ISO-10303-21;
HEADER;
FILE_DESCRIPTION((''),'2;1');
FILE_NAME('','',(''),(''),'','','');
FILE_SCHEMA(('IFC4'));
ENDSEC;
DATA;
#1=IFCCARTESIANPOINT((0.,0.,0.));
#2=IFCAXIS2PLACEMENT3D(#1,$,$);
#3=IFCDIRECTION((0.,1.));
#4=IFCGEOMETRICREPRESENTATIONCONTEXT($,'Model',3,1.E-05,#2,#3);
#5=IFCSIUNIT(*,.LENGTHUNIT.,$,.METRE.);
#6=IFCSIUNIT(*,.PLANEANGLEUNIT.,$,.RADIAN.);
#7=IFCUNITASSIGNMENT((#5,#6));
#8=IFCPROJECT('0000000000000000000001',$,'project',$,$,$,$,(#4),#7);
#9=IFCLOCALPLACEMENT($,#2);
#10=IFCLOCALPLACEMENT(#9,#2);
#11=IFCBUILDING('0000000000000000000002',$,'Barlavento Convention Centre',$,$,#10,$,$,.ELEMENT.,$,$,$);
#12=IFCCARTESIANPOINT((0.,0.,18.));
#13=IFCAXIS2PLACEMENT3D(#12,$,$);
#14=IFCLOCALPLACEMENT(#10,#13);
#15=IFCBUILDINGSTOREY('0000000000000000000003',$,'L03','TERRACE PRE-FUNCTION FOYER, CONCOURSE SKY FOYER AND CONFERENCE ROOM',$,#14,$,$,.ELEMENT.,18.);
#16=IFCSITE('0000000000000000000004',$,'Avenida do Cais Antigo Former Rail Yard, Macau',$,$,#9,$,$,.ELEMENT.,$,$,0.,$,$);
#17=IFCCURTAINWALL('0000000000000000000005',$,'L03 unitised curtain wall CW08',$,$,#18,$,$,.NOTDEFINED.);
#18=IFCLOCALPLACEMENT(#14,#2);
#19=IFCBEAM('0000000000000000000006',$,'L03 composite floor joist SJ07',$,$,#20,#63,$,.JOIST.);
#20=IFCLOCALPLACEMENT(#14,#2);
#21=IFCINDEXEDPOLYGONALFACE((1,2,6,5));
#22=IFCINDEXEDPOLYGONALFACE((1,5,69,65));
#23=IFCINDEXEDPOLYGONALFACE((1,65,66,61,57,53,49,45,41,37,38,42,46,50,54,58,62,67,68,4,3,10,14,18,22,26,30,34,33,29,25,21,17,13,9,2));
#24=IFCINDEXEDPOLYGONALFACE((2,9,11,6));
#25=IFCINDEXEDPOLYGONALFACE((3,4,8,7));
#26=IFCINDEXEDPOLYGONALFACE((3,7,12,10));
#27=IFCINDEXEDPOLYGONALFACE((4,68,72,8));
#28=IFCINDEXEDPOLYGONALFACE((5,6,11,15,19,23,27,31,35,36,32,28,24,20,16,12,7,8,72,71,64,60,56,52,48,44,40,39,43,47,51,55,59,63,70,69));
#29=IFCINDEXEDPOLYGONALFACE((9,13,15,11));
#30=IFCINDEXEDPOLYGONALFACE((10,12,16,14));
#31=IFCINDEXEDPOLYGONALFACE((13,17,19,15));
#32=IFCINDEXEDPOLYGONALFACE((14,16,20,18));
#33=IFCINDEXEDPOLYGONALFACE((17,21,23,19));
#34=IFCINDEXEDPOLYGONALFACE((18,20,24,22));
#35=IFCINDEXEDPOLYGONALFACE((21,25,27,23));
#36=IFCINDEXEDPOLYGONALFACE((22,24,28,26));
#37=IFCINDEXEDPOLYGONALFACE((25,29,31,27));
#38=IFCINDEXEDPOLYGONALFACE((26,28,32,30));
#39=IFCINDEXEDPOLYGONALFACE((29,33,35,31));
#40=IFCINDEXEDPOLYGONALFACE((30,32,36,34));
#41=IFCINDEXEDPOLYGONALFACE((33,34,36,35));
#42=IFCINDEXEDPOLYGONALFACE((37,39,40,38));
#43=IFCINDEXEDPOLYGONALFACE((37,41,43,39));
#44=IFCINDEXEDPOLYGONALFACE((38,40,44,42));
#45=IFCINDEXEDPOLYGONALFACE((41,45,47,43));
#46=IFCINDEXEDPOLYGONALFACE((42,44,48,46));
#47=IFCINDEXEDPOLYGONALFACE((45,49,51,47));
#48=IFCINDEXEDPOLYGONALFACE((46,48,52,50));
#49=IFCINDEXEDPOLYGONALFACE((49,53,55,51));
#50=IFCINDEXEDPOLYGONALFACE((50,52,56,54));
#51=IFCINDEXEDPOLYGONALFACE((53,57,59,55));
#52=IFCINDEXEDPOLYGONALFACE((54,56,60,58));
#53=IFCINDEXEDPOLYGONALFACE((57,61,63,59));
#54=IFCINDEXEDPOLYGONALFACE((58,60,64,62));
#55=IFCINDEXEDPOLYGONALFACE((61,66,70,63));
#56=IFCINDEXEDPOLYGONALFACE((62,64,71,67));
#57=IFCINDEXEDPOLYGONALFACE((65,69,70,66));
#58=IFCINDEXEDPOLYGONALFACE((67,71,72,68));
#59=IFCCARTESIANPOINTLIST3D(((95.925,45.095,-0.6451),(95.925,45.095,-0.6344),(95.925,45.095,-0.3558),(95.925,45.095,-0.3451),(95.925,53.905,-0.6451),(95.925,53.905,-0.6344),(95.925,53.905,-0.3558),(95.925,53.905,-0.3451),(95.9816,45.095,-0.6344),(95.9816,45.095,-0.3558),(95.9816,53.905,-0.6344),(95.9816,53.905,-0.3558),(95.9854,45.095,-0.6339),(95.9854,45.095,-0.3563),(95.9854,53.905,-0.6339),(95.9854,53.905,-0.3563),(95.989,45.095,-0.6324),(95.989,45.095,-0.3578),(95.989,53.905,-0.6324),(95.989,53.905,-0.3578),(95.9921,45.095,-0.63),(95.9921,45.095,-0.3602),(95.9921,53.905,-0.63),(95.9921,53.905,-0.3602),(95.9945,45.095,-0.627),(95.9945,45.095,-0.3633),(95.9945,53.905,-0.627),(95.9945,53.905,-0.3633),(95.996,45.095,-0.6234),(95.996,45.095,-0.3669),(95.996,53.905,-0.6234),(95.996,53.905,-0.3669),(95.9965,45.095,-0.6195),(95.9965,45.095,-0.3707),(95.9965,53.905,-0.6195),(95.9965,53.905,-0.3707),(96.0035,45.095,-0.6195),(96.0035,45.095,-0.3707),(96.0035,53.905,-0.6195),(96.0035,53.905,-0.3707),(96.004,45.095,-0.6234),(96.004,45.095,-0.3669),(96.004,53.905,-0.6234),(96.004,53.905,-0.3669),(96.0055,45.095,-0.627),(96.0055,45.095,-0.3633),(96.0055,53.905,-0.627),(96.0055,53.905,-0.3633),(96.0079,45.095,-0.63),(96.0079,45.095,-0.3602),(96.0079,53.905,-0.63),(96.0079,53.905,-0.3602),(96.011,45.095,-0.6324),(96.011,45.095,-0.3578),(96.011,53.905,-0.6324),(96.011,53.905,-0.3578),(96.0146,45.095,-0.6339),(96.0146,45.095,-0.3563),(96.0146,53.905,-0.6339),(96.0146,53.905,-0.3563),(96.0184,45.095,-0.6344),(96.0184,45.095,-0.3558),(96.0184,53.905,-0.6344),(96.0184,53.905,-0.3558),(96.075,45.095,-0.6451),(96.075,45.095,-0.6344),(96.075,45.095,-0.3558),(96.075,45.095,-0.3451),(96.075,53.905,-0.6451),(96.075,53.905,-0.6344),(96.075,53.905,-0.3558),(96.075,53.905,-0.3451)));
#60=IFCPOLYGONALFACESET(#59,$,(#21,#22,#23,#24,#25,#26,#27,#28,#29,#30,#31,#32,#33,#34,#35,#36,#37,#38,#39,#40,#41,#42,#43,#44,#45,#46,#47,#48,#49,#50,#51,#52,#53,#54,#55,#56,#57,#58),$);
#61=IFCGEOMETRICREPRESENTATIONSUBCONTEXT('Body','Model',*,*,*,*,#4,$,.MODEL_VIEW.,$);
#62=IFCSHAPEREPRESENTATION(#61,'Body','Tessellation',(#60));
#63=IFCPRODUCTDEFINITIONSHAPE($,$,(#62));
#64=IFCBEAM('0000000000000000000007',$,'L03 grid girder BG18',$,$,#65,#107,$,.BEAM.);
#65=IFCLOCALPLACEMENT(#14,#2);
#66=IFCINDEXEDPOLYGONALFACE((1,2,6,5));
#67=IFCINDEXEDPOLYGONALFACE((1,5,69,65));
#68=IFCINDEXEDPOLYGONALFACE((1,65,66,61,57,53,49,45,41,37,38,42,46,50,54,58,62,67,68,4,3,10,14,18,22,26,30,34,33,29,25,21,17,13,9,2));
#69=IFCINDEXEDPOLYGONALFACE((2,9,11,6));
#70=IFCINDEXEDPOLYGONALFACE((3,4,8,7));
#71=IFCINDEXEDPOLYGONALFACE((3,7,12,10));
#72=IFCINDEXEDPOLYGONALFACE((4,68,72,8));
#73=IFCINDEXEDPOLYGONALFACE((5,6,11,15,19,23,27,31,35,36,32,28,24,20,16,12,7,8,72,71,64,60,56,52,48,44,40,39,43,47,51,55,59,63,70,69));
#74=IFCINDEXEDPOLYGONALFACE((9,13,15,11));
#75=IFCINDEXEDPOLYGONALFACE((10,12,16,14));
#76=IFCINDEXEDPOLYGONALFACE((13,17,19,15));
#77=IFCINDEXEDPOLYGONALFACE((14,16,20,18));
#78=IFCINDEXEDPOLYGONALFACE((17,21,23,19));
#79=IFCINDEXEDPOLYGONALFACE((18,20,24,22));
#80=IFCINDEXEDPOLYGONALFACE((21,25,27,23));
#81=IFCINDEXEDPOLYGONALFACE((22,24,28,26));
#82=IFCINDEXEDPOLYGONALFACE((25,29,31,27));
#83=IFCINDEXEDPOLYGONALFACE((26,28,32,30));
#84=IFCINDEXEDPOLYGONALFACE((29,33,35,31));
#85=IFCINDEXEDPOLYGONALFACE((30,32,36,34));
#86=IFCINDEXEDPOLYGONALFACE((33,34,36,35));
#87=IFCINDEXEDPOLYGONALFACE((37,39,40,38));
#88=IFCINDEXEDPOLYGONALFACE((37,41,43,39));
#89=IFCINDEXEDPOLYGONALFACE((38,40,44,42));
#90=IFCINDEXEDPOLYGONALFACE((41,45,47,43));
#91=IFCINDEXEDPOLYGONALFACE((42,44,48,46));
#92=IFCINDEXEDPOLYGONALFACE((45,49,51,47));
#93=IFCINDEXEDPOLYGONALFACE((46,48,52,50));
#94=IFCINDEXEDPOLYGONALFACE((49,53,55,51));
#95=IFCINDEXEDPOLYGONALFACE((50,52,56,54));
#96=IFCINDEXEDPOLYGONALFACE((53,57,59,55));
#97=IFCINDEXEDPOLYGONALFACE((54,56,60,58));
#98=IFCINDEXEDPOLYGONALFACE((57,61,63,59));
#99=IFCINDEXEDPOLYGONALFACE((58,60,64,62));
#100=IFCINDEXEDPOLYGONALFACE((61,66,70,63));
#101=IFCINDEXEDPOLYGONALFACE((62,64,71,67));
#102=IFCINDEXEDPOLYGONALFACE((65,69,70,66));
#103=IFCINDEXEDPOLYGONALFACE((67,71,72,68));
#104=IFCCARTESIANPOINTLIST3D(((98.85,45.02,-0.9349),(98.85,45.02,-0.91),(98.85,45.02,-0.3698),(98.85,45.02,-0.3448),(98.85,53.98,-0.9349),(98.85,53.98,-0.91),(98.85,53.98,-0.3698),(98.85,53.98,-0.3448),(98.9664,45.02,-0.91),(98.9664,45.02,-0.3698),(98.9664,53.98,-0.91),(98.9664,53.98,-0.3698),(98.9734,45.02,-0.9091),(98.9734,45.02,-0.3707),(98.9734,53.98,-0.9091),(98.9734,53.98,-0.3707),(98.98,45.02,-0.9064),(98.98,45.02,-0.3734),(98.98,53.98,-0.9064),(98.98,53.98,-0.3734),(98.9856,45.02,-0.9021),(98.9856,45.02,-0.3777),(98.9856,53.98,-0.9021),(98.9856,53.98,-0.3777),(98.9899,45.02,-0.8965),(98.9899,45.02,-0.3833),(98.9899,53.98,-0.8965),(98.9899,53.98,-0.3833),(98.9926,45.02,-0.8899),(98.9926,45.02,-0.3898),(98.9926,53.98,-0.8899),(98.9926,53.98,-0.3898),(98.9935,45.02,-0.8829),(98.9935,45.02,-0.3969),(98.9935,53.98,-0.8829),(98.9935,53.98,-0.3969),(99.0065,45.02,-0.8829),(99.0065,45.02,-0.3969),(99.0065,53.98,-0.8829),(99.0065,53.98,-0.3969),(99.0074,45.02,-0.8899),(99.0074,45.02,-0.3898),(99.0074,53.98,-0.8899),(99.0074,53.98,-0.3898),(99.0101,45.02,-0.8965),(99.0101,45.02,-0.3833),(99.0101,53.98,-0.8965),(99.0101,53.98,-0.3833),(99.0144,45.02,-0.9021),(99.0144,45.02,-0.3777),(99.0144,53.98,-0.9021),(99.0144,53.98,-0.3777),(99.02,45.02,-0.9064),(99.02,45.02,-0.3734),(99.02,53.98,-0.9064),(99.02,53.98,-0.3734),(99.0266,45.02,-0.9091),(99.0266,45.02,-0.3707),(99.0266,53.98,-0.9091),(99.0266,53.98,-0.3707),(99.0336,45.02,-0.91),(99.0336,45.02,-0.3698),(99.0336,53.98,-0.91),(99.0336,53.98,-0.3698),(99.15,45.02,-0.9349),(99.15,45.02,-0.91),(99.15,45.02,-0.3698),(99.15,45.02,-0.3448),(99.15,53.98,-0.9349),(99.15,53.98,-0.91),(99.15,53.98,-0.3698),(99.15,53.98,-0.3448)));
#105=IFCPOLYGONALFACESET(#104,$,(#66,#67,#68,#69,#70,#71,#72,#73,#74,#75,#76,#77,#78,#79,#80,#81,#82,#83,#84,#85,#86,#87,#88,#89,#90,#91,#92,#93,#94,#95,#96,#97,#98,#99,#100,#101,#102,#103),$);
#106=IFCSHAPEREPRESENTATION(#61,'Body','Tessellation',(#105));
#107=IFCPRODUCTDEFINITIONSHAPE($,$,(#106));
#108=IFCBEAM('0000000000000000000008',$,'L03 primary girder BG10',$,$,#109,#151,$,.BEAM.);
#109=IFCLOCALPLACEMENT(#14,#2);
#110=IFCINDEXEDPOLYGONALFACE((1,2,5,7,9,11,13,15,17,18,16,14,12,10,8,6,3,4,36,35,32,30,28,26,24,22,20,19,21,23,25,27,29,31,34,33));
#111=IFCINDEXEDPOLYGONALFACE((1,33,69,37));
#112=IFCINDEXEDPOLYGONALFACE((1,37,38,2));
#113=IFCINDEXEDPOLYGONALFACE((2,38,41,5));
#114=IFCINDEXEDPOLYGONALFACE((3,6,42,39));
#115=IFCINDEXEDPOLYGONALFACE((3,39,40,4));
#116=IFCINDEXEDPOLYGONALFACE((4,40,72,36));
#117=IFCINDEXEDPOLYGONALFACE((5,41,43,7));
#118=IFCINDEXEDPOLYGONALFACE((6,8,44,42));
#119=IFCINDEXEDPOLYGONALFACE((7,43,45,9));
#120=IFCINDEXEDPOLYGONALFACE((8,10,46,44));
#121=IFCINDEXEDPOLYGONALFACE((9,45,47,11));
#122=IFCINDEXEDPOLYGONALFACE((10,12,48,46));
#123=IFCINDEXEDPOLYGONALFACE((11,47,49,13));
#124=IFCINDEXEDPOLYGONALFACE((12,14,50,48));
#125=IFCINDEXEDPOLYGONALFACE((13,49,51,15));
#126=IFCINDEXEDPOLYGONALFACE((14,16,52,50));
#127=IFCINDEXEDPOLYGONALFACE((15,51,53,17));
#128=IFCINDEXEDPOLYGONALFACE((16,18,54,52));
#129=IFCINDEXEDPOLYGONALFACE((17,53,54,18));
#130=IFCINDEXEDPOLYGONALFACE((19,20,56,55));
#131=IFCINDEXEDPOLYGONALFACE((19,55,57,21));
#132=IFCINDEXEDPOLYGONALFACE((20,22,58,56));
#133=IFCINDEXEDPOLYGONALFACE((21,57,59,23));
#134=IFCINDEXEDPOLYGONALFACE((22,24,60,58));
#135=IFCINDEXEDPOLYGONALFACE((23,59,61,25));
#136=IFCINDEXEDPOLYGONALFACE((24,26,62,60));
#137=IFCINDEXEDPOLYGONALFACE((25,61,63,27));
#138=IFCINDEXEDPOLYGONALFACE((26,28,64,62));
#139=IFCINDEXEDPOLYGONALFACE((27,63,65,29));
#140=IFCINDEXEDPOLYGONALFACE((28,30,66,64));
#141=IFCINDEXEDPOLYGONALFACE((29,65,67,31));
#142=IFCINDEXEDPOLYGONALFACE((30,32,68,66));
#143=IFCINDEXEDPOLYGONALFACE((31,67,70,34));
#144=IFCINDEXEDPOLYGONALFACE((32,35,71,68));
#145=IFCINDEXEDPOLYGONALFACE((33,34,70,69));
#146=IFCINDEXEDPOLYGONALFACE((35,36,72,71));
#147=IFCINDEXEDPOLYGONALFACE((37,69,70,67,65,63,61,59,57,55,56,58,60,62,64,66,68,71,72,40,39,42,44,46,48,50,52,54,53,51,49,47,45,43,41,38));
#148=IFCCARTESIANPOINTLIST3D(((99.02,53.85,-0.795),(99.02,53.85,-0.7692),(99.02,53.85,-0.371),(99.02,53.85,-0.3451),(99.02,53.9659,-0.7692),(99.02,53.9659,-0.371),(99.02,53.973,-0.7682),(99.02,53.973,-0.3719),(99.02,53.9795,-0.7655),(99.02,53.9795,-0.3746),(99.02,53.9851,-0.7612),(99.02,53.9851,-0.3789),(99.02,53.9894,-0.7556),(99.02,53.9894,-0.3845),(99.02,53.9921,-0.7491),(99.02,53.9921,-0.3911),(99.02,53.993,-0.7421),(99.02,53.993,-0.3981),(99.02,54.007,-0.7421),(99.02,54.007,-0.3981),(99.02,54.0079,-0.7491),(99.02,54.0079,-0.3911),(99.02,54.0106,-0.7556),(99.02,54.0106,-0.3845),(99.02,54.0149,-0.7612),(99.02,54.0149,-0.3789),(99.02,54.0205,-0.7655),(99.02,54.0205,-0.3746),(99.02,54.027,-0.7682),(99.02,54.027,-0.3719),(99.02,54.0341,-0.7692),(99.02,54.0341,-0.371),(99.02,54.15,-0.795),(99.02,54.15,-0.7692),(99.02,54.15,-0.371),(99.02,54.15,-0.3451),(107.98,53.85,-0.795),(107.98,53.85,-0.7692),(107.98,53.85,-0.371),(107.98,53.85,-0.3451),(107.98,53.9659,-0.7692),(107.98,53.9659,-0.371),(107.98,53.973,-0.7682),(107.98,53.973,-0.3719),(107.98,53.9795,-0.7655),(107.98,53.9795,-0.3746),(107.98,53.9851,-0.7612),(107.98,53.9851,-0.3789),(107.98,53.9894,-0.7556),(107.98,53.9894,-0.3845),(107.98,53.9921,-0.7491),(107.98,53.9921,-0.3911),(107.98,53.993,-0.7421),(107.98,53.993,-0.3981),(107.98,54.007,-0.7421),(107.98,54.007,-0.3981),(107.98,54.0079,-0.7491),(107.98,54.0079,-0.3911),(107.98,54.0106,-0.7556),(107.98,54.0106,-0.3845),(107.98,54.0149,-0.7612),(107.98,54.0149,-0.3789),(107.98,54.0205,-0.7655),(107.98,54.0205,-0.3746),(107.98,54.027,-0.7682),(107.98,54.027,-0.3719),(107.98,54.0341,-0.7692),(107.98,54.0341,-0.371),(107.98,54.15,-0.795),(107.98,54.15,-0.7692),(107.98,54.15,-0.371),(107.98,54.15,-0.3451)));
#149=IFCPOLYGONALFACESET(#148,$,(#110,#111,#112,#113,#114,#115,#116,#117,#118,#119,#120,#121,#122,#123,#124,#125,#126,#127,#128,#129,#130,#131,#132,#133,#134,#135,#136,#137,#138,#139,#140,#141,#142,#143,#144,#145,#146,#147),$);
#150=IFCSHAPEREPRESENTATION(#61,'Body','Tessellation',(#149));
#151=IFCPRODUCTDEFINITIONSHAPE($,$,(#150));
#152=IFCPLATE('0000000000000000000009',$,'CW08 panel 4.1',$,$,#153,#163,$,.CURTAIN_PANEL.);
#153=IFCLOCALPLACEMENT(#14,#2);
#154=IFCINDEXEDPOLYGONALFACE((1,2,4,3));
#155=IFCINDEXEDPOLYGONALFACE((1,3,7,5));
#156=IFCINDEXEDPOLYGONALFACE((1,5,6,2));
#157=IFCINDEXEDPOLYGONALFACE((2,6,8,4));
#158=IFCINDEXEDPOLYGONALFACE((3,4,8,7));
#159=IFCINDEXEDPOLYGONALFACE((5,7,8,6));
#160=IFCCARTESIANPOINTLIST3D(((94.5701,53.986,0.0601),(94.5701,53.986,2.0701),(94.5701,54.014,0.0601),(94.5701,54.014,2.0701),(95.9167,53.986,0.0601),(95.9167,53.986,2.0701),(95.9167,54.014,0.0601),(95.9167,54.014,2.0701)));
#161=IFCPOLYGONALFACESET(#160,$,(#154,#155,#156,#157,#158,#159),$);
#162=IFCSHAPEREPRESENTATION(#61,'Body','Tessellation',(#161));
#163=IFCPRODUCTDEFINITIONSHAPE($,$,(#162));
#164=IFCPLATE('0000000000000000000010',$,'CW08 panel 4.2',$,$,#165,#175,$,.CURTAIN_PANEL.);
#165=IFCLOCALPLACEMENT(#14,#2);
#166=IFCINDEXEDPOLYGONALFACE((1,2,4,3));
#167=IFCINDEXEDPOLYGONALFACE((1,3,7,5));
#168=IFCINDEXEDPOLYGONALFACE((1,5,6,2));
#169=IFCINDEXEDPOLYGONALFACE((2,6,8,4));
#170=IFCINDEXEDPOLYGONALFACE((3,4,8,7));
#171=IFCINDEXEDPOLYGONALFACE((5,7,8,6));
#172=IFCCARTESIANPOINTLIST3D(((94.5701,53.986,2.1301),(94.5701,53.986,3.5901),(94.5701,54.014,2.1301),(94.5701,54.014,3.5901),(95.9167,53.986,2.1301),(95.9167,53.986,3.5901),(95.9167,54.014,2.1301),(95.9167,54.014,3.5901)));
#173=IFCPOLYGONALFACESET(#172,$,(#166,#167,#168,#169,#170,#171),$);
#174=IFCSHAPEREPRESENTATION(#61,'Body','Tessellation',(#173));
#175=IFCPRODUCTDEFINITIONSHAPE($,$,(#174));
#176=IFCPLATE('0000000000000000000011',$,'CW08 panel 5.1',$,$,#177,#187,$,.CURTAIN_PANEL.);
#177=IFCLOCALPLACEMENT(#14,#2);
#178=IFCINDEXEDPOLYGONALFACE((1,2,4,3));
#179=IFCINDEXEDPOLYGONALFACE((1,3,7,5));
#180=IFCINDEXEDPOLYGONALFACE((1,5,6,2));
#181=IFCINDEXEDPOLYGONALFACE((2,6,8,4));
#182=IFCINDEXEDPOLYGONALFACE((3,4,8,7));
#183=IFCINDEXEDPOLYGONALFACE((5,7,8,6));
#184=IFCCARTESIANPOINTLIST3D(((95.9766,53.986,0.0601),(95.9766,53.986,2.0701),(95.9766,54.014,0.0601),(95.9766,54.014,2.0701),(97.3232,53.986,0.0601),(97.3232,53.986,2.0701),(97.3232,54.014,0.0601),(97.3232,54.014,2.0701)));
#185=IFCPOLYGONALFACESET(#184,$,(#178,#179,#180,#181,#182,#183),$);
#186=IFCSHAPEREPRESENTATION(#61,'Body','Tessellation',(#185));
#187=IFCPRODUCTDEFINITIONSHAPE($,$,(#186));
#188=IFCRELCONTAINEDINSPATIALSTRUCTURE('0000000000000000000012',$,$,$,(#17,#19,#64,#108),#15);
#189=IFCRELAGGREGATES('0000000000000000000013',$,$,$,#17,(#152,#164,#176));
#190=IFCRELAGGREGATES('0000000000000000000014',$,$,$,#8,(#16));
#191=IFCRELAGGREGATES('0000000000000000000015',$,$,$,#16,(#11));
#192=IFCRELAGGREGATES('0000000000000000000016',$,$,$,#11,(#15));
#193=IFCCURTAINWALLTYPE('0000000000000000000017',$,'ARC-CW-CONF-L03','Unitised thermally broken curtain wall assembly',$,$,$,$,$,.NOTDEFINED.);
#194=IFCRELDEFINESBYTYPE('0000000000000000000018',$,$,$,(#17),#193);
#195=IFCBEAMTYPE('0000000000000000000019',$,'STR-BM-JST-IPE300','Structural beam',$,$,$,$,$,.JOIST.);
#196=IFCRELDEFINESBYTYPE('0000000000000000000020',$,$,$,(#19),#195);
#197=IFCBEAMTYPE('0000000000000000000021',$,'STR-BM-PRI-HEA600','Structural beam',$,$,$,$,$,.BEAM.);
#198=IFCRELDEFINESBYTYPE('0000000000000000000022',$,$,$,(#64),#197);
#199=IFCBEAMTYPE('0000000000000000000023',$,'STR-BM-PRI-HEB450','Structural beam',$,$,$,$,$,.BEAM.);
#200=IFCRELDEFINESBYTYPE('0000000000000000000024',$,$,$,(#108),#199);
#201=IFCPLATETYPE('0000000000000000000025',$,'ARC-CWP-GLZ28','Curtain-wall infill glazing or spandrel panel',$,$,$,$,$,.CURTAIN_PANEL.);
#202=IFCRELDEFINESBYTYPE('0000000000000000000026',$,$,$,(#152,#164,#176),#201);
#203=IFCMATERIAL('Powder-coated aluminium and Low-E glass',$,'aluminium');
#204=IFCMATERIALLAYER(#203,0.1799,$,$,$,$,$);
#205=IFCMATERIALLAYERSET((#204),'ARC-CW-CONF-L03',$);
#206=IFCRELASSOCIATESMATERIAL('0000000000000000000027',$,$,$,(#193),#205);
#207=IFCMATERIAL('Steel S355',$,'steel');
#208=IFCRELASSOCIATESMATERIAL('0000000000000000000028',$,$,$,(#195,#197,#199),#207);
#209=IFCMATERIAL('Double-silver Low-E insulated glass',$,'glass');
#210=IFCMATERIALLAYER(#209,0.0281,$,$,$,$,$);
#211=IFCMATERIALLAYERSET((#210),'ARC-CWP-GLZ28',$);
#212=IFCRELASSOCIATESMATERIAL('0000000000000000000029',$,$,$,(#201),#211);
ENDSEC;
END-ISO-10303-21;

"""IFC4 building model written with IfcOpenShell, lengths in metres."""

from ifc_helpers import new_model, si_unit, direction, frame, origin, origin_2d, place, context, subcontext, project, spatial, rectangle, i_section, extrude, material, layer, layer_set, material_profile, profile_set, type_object, element, aggregate, save


model = new_model("IFC4")

# Units and contexts
model_context = context("Model", 3, precision=1e-05, world=origin(), true_north=direction((0.0, 1.0)))
body_context = subcontext(model_context, "Body", "Model", "MODEL_VIEW")
ifc_project = project(units=[si_unit("LENGTHUNIT", "METRE"), si_unit("PLANEANGLEUNIT", "RADIAN")], contexts=[model_context])

# Site, building, storey
site_placement = place(None, origin())
site = spatial("IfcSite", under=ifc_project, at=site_placement, Name="Avenida do Cais Antigo Former Rail Yard, Macau", CompositionType="ELEMENT", RefElevation=0.0)
building_placement = place(site_placement, origin())
building = spatial("IfcBuilding", under=site, at=building_placement, Name="Barlavento Convention Centre", CompositionType="ELEMENT")
storey_placement = place(building_placement, frame((0.0, 0.0, 18.0)))
storey = spatial("IfcBuildingStorey", under=building, at=storey_placement, Name="L03", Description="TERRACE PRE-FUNCTION FOYER, CONCOURSE SKY FOYER AND CONFERENCE ROOM", CompositionType="ELEMENT", Elevation=18.0)

# Shared definitions
ifc_material_1 = material(Name="Steel S355", Category="steel")

# Curtain wall
ifc_material_2 = material(Name="Powder-coated aluminium and Low-E glass", Category="aluminium")
ifc_layer_1 = layer(ifc_material_2, 0.1799)
ifc_layer_set_1 = layer_set([ifc_layer_1], Name="ARC-CW-CONF-L03")
curtain_wall_type = type_object("IfcCurtainWallType", Name="ARC-CW-CONF-L03", Description="Unitised thermally broken curtain wall assembly", PredefinedType="NOTDEFINED", material=ifc_layer_set_1)
curtain_wall_1_placement = place(storey_placement, origin())
curtain_wall_1 = element("IfcCurtainWall", 1, at=curtain_wall_1_placement, inside=storey, type_object=curtain_wall_type, Name="L03 unitised curtain wall CW08", PredefinedType="NOTDEFINED")

# Beams
ifc_material_profile_1 = material_profile(ifc_material_1, i_section(OverallWidth=0.1499, OverallDepth=0.3, WebThickness=0.0071, FlangeThickness=0.0107, FilletRadius=0.0149, at=origin_2d()), Name="IPE 300")
ifc_profile_set_1 = profile_set([ifc_material_profile_1], Name="Steel S355")
beam_type_1 = type_object("IfcBeamType", Name="STR-BM-JST-IPE300", Description="Structural beam", PredefinedType="JOIST", material=ifc_profile_set_1)
beam_1_placement = place(storey_placement, frame((96.0, 45.095, -0.4951), z_axis=(0.0, 1.0, 0.0), x_axis=(-1.0, 0.0, 0.0)))
element("IfcBeam", 2, at=beam_1_placement, inside=storey, type_object=beam_type_1, Name="L03 composite floor joist SJ07", PredefinedType="JOIST", context=body_context, shape_type="SweptSolid", body=[
    extrude(i_section(OverallWidth=0.1499, OverallDepth=0.3, WebThickness=0.0071, FlangeThickness=0.0107, FilletRadius=0.0149, at=origin_2d()), origin(), (0.0, 0.0, 1.0), 8.8101),
])
ifc_material_profile_2 = material_profile(ifc_material_1, i_section(OverallWidth=0.3, OverallDepth=0.5901, WebThickness=0.0129, FlangeThickness=0.0249, FilletRadius=0.0271, at=origin_2d()), Name="HEA 600")
ifc_profile_set_2 = profile_set([ifc_material_profile_2], Name="Steel S355")
beam_type_2 = type_object("IfcBeamType", Name="STR-BM-PRI-HEA600", Description="Structural beam", PredefinedType="BEAM", material=ifc_profile_set_2)
beam_2_placement = place(storey_placement, frame((99.0, 45.02, -0.6399), z_axis=(0.0, 1.0, 0.0), x_axis=(-1.0, 0.0, 0.0)))
element("IfcBeam", 3, at=beam_2_placement, inside=storey, type_object=beam_type_2, Name="L03 grid girder BG18", PredefinedType="BEAM", context=body_context, shape_type="SweptSolid", body=[
    extrude(i_section(OverallWidth=0.3, OverallDepth=0.5901, WebThickness=0.0129, FlangeThickness=0.0249, FilletRadius=0.0271, at=origin_2d()), origin(), (0.0, 0.0, 1.0), 8.96),
])
ifc_material_profile_3 = material_profile(ifc_material_1, i_section(OverallWidth=0.3, OverallDepth=0.45, WebThickness=0.0139, FlangeThickness=0.0259, FilletRadius=0.0271, at=origin_2d()), Name="HEB 450")
ifc_profile_set_3 = profile_set([ifc_material_profile_3], Name="Steel S355")
beam_type_3 = type_object("IfcBeamType", Name="STR-BM-PRI-HEB450", Description="Structural beam", PredefinedType="BEAM", material=ifc_profile_set_3)
beam_3_placement = place(storey_placement, frame((99.02, 54.0, -0.5701), z_axis=(1.0, 0.0, 0.0), x_axis=(0.0, 1.0, 0.0)))
element("IfcBeam", 4, at=beam_3_placement, inside=storey, type_object=beam_type_3, Name="L03 primary girder BG10", PredefinedType="BEAM", context=body_context, shape_type="SweptSolid", body=[
    extrude(i_section(OverallWidth=0.3, OverallDepth=0.45, WebThickness=0.0139, FlangeThickness=0.0259, FilletRadius=0.0271, at=origin_2d()), origin(), (0.0, 0.0, 1.0), 8.96),
])

# Plates
ifc_material_3 = material(Name="Double-silver Low-E insulated glass", Category="glass")
ifc_layer_2 = layer(ifc_material_3, 0.0281)
ifc_layer_set_2 = layer_set([ifc_layer_2], Name="ARC-CWP-GLZ28")
plate_type = type_object("IfcPlateType", Name="ARC-CWP-GLZ28", Description="Curtain-wall infill glazing or spandrel panel", PredefinedType="CURTAIN_PANEL", material=ifc_layer_set_2)
plate_1_placement = place(storey_placement, frame((95.2434, 54.0, 0.0601), z_axis=(0.0, 0.0, 1.0), x_axis=(1.0, 0.0, 0.0)))
plate_1 = element("IfcPlate", 5, at=plate_1_placement, type_object=plate_type, Name="CW08 panel 4.1", PredefinedType="CURTAIN_PANEL", context=body_context, shape_type="SweptSolid", body=[
    extrude(rectangle(XDim=1.3467, YDim=0.0281, at=origin_2d()), origin(), (0.0, 0.0, 1.0), 2.01),
])
plate_2_placement = place(storey_placement, frame((95.2434, 54.0, 2.1301), z_axis=(0.0, 0.0, 1.0), x_axis=(1.0, 0.0, 0.0)))
plate_2 = element("IfcPlate", 6, at=plate_2_placement, type_object=plate_type, Name="CW08 panel 4.2", PredefinedType="CURTAIN_PANEL", context=body_context, shape_type="SweptSolid", body=[
    extrude(rectangle(XDim=1.3467, YDim=0.0281, at=origin_2d()), origin(), (0.0, 0.0, 1.0), 1.46),
])
plate_3_placement = place(storey_placement, frame((96.6499, 54.0, 0.0601), z_axis=(0.0, 0.0, 1.0), x_axis=(1.0, 0.0, 0.0)))
plate_3 = element("IfcPlate", 7, at=plate_3_placement, type_object=plate_type, Name="CW08 panel 5.1", PredefinedType="CURTAIN_PANEL", context=body_context, shape_type="SweptSolid", body=[
    extrude(rectangle(XDim=1.3467, YDim=0.0281, at=origin_2d()), origin(), (0.0, 0.0, 1.0), 2.01),
])
aggregate(curtain_wall_1, [plate_1, plate_2, plate_3])

save(model, "model.ifc")
